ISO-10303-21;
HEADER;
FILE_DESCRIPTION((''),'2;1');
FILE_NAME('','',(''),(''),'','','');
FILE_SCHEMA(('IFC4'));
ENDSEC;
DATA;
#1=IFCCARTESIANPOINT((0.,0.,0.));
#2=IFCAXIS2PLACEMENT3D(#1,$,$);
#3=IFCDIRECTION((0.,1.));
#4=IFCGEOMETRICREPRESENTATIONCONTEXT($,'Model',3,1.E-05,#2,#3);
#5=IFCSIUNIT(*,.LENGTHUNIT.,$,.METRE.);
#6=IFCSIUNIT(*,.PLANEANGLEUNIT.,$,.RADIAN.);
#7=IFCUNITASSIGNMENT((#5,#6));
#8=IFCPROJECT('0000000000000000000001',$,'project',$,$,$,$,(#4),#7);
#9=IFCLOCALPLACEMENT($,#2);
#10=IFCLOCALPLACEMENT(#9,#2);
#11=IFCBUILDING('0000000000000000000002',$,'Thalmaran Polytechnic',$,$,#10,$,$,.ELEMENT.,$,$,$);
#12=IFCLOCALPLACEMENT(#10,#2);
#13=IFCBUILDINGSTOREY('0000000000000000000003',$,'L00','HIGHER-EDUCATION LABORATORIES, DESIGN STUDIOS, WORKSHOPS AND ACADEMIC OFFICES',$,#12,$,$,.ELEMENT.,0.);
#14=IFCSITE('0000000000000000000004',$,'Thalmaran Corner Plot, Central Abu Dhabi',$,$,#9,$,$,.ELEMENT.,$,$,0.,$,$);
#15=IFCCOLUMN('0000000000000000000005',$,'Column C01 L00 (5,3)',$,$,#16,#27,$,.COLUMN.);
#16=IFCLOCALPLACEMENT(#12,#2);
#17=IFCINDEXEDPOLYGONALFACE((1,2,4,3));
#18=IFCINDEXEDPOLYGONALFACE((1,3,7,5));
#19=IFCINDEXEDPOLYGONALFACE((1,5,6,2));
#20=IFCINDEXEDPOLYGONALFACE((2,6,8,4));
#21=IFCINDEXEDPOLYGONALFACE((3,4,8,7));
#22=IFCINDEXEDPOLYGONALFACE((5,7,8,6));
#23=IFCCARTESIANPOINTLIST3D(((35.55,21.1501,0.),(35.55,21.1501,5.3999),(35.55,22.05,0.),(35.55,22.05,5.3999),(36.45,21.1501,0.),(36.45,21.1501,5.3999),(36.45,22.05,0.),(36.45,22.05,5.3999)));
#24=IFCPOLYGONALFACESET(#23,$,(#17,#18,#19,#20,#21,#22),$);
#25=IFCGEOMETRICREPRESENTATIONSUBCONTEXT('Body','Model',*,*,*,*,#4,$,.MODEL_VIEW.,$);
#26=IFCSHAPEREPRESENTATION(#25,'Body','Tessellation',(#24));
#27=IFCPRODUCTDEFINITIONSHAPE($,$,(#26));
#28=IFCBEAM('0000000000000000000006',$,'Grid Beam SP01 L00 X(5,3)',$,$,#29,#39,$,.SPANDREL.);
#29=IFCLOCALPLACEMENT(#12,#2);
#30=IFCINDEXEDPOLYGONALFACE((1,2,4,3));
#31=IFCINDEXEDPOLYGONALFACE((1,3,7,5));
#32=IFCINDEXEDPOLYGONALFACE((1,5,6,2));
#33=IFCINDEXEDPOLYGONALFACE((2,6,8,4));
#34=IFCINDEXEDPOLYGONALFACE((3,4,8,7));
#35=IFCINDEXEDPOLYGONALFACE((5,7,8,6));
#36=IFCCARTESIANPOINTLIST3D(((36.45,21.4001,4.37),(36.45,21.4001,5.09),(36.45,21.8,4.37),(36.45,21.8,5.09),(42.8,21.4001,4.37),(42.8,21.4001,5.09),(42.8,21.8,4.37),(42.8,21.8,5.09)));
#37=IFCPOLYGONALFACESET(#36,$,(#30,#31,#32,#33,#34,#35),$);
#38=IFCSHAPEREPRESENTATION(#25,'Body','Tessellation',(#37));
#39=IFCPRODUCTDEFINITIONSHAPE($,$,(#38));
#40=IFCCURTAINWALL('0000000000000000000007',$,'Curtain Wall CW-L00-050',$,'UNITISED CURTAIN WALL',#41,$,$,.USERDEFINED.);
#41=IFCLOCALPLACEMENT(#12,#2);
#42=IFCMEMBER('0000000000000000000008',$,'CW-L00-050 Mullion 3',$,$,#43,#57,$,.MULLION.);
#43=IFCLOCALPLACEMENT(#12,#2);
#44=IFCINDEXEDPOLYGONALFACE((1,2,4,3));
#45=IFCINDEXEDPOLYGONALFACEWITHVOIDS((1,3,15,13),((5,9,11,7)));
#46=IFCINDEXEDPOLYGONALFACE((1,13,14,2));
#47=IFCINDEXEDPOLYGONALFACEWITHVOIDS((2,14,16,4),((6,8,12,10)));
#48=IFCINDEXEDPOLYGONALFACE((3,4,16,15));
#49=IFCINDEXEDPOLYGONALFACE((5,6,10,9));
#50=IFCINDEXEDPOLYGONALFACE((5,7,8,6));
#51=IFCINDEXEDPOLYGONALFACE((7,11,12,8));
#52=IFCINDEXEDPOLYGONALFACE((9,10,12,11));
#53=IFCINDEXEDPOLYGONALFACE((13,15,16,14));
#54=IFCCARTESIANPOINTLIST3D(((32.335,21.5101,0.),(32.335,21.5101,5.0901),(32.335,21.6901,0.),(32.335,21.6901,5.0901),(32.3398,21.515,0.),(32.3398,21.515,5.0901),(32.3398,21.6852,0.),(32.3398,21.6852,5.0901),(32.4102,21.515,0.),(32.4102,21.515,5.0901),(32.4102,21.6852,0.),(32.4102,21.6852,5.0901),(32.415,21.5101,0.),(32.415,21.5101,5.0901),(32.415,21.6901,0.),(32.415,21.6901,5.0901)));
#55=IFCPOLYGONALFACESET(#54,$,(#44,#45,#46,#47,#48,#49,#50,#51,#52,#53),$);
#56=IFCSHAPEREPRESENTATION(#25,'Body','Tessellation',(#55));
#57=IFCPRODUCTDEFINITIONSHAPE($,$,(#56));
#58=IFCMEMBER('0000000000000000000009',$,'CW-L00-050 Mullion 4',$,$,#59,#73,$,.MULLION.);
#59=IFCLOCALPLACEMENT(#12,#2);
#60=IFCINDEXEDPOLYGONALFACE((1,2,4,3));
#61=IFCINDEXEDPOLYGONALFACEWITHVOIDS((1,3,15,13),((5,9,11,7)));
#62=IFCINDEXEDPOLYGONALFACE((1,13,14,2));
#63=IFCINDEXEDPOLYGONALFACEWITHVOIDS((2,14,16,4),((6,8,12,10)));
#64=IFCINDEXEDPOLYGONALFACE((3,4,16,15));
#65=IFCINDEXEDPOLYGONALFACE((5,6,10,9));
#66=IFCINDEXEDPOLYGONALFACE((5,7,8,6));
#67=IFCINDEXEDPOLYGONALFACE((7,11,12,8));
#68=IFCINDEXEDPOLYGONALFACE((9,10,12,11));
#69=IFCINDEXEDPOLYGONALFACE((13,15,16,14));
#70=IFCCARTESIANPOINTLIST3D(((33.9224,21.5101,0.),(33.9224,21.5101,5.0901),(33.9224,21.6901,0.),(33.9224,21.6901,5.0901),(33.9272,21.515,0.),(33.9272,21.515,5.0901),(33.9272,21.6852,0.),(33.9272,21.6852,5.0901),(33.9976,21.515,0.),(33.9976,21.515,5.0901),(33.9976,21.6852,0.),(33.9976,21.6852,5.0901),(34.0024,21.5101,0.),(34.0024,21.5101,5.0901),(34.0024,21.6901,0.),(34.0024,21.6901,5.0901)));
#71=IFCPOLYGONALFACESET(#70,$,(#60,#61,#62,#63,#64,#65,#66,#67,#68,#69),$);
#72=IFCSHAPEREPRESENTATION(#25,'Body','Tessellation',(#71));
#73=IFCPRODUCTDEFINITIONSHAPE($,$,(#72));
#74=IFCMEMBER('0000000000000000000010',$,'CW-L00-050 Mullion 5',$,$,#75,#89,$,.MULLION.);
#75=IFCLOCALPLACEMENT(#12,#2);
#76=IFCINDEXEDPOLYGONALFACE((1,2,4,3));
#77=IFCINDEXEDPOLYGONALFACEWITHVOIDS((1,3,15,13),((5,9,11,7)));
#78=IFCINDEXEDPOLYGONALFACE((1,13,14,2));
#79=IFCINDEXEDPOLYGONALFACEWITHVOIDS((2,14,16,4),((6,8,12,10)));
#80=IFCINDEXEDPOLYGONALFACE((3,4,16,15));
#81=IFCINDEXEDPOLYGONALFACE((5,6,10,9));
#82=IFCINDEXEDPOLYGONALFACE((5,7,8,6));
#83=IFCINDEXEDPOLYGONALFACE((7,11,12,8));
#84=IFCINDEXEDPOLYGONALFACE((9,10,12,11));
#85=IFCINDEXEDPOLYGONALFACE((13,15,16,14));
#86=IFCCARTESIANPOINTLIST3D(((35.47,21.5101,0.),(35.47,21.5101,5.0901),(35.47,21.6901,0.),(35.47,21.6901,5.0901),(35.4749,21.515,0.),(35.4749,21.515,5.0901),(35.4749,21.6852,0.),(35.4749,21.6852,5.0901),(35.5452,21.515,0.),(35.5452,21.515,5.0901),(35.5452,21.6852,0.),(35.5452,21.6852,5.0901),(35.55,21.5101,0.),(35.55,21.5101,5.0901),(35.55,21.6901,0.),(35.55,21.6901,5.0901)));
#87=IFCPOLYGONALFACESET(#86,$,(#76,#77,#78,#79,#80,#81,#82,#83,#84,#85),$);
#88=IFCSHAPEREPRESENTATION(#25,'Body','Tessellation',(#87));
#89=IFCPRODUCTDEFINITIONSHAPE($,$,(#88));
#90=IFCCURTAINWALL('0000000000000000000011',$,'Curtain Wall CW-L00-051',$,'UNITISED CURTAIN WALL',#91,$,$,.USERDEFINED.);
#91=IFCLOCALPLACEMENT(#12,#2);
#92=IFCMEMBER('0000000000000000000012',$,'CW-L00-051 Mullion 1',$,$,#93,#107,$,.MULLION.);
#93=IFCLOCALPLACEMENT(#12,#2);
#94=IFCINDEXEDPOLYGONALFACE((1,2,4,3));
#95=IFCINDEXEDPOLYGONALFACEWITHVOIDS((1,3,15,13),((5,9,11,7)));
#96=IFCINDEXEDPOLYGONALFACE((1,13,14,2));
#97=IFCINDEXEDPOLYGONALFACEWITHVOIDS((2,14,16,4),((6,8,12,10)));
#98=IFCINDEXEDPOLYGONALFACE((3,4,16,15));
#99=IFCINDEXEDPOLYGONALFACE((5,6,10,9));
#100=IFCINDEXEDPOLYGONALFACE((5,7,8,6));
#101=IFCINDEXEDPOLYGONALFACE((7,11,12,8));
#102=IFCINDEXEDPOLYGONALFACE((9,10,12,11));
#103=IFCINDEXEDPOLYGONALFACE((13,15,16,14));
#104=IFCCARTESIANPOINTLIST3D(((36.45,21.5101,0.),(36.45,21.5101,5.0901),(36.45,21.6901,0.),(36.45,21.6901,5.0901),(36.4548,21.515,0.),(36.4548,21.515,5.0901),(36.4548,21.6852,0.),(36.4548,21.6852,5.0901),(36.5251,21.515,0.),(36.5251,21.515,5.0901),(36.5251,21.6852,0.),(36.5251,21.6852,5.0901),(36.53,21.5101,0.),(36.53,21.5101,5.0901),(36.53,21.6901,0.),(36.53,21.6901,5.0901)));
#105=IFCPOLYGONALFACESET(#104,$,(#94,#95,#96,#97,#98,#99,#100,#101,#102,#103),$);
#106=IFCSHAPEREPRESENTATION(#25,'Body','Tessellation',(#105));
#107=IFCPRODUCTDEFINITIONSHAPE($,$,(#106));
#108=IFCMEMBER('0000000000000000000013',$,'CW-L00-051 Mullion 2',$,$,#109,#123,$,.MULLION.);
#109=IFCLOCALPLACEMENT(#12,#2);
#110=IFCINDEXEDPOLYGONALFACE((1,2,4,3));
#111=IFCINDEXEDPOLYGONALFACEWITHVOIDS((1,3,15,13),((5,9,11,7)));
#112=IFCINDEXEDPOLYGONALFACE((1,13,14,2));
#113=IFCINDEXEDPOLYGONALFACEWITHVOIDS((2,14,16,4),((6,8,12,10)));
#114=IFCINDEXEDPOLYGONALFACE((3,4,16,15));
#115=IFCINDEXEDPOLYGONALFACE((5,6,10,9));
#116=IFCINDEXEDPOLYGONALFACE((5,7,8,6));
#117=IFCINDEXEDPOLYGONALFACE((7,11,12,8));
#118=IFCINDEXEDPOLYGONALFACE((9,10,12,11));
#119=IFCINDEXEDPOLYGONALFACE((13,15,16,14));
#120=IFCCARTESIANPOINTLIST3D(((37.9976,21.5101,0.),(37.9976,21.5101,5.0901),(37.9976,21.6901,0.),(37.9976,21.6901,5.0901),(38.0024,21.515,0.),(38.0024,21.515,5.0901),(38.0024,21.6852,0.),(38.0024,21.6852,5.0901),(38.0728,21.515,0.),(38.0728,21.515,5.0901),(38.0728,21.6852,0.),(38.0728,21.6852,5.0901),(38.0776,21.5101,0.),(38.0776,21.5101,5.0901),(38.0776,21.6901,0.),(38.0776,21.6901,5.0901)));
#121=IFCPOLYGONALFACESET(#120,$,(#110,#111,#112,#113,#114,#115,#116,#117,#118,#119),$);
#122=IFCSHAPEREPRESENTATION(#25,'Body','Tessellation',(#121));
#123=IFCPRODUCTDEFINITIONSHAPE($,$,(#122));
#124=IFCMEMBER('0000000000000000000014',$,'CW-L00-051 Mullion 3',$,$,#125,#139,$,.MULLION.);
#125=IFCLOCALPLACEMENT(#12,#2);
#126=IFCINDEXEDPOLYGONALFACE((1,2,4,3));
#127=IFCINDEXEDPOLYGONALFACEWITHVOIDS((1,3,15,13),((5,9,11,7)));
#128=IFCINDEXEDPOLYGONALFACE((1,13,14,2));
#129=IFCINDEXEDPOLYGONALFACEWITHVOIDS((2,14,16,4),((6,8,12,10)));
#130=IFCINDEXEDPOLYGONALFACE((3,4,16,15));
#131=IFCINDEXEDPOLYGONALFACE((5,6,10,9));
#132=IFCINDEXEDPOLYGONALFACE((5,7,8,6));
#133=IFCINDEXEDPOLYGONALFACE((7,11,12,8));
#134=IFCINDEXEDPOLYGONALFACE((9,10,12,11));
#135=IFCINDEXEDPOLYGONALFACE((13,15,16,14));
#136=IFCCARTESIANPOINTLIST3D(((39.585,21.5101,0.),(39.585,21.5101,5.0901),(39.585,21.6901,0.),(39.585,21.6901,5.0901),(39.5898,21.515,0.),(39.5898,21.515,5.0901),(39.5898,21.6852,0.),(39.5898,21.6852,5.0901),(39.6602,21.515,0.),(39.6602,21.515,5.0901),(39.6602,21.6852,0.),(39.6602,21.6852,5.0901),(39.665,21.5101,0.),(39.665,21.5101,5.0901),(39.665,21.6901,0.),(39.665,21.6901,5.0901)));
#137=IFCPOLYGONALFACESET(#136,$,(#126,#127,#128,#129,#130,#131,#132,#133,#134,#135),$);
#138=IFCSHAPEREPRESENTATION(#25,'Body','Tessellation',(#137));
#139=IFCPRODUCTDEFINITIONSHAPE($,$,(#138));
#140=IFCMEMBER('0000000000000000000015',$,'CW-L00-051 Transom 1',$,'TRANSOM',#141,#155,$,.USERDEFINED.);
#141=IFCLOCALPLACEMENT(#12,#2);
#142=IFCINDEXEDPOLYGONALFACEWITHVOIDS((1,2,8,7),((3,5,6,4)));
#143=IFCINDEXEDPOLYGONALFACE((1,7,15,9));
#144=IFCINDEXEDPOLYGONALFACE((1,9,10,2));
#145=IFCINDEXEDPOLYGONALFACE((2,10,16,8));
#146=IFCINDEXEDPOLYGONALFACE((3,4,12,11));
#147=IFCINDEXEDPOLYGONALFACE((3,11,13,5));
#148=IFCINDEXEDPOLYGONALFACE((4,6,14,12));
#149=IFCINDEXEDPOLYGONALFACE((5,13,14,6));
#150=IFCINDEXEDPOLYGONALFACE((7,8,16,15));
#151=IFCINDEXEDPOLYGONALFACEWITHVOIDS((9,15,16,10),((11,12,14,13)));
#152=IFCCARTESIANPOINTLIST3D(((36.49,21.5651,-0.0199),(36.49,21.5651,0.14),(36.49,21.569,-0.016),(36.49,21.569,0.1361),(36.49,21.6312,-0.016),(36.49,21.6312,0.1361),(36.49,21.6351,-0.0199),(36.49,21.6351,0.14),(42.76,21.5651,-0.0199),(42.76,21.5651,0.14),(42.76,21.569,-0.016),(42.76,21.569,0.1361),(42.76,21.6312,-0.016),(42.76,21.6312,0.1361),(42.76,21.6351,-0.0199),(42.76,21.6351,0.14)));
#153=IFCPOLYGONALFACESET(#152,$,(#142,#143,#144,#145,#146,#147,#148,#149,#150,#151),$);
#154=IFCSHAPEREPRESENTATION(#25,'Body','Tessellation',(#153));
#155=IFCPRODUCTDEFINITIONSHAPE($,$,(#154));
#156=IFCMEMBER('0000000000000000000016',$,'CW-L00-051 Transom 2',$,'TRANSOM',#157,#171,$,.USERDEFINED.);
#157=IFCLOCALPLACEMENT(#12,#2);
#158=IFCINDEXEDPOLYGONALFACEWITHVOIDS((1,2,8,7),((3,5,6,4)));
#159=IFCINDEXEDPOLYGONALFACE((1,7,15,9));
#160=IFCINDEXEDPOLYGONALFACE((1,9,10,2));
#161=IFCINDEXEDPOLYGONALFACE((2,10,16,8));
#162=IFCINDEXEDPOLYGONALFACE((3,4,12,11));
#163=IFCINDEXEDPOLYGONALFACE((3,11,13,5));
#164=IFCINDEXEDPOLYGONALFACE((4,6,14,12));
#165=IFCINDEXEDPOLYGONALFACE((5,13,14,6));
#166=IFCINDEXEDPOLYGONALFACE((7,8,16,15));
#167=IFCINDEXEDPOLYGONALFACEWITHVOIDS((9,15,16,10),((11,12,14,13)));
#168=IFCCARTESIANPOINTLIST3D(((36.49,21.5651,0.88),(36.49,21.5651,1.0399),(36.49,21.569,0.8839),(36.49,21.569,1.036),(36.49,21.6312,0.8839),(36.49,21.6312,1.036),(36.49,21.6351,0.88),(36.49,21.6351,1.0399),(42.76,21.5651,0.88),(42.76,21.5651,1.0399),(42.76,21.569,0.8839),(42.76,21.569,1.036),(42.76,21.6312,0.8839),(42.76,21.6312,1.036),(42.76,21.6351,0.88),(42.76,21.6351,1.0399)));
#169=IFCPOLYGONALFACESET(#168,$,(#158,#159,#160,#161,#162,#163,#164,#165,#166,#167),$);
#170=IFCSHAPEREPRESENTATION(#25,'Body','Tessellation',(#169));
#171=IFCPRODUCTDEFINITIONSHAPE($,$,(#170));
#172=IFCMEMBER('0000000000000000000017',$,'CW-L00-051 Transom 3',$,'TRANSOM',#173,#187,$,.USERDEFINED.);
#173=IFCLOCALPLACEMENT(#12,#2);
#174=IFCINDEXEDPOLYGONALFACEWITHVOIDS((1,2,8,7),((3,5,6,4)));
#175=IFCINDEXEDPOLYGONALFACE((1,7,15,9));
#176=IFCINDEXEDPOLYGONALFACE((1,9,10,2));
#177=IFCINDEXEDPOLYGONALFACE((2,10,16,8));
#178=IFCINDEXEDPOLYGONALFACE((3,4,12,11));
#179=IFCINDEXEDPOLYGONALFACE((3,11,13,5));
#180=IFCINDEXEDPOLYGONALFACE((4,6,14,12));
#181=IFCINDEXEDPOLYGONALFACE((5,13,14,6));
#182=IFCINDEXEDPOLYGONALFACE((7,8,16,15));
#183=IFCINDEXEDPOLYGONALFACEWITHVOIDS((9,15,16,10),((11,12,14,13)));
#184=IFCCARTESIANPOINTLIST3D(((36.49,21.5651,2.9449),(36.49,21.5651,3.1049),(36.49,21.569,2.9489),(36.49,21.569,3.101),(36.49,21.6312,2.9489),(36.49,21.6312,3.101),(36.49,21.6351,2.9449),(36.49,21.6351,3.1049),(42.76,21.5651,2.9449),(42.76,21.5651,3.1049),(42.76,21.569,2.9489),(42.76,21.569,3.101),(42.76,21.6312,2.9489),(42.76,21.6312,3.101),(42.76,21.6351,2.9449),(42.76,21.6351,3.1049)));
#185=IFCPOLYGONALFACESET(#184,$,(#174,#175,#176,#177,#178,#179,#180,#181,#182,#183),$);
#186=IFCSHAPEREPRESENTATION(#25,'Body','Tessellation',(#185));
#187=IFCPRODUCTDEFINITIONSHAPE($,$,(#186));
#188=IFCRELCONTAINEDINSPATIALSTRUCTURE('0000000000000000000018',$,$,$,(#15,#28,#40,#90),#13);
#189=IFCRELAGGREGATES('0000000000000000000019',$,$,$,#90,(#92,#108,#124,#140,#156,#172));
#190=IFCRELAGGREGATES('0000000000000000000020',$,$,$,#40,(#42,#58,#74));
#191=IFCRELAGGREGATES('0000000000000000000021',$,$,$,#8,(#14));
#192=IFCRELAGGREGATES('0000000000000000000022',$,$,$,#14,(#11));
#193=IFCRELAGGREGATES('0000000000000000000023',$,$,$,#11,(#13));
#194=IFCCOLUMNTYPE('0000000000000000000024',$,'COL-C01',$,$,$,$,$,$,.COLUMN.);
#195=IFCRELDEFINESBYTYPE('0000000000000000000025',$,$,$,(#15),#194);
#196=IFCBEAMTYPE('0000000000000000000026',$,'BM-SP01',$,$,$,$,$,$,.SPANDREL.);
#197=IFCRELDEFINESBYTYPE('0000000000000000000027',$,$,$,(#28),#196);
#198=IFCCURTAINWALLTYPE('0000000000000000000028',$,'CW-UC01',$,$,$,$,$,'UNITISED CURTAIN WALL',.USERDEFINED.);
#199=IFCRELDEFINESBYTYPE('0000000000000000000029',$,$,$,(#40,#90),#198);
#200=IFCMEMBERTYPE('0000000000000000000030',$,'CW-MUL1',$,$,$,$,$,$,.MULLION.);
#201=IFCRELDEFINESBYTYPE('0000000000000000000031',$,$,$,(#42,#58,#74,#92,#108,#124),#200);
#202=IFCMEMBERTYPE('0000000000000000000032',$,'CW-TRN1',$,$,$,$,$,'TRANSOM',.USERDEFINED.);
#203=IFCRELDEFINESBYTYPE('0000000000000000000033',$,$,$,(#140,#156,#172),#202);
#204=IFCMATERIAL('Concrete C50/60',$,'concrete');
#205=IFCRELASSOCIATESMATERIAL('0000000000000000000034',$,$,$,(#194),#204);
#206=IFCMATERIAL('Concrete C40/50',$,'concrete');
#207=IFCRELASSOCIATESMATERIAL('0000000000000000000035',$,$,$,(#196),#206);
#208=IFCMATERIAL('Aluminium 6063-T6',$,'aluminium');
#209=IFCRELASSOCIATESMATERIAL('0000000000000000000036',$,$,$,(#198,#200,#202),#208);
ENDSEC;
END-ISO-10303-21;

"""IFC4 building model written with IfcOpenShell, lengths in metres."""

from ifc_helpers import new_model, si_unit, direction, frame, origin, origin_2d, place, context, subcontext, project, spatial, rectangle, hollow_rectangle, extrude, material, material_profile, profile_set, type_object, element, aggregate, save


model = new_model("IFC4")

# Units and contexts
model_context = context("Model", 3, precision=1e-05, world=origin(), true_north=direction((0.0, 1.0)))
body_context = subcontext(model_context, "Body", "Model", "MODEL_VIEW")
ifc_project = project(units=[si_unit("LENGTHUNIT", "METRE"), si_unit("PLANEANGLEUNIT", "RADIAN")], contexts=[model_context])

# Site, building, storey
site_placement = place(None, origin())
site = spatial("IfcSite", under=ifc_project, at=site_placement, Name="Thalmaran Corner Plot, Central Abu Dhabi", CompositionType="ELEMENT", RefElevation=0.0)
building_placement = place(site_placement, origin())
building = spatial("IfcBuilding", under=site, at=building_placement, Name="Thalmaran Polytechnic", CompositionType="ELEMENT")
storey_placement = place(building_placement, origin())
storey = spatial("IfcBuildingStorey", under=building, at=storey_placement, Name="L00", Description="HIGHER-EDUCATION LABORATORIES, DESIGN STUDIOS, WORKSHOPS AND ACADEMIC OFFICES", CompositionType="ELEMENT", Elevation=0.0)

# Column
ifc_material_1 = material(Name="Concrete C50/60", Category="concrete")
ifc_material_profile_1 = material_profile(ifc_material_1, rectangle(XDim=0.8999, YDim=0.8999, at=origin_2d()), Name="RC 900x900")
ifc_profile_set_1 = profile_set([ifc_material_profile_1], Name="Concrete C50/60")
column_type = type_object("IfcColumnType", Name="COL-C01", PredefinedType="COLUMN", material=ifc_profile_set_1)
column_placement = place(storey_placement, frame((36.0, 21.6001, 0.0), z_axis=(0.0, 0.0, 1.0), x_axis=(1.0, 0.0, 0.0)))
element("IfcColumn", 1, at=column_placement, inside=storey, type_object=column_type, Name="Column C01 L00 (5,3)", PredefinedType="COLUMN", context=body_context, shape_type="SweptSolid", body=[
    extrude(rectangle(XDim=0.8999, YDim=0.8999, at=origin_2d()), origin(), (0.0, 0.0, 1.0), 5.3999),
])

# Beam
ifc_material_2 = material(Name="Concrete C40/50", Category="concrete")
ifc_material_profile_2 = material_profile(ifc_material_2, rectangle(XDim=0.3999, YDim=0.72, at=origin_2d()), Name="RC 400x720")
ifc_profile_set_2 = profile_set([ifc_material_profile_2], Name="Concrete C40/50")
beam_type = type_object("IfcBeamType", Name="BM-SP01", PredefinedType="SPANDREL", material=ifc_profile_set_2)
beam_placement = place(storey_placement, frame((36.45, 21.6001, 4.73), z_axis=(1.0, 0.0, 0.0), x_axis=(0.0, 1.0, 0.0)))
element("IfcBeam", 2, at=beam_placement, inside=storey, type_object=beam_type, Name="Grid Beam SP01 L00 X(5,3)", PredefinedType="SPANDREL", context=body_context, shape_type="SweptSolid", body=[
    extrude(rectangle(XDim=0.3999, YDim=0.72, at=origin_2d()), origin(), (0.0, 0.0, 1.0), 6.3501),
])

# Curtain walls, members
ifc_material_3 = material(Name="Aluminium 6063-T6", Category="aluminium")
curtain_wall_type = type_object("IfcCurtainWallType", Name="CW-UC01", ElementType="UNITISED CURTAIN WALL", PredefinedType="USERDEFINED", material=ifc_material_3)
curtain_wall_1_placement = place(storey_placement, origin())
curtain_wall_1 = element("IfcCurtainWall", 3, at=curtain_wall_1_placement, inside=storey, type_object=curtain_wall_type, Name="Curtain Wall CW-L00-050", ObjectType="UNITISED CURTAIN WALL", PredefinedType="USERDEFINED")
ifc_material_profile_3 = material_profile(ifc_material_3, hollow_rectangle(XDim=0.0801, YDim=0.1799, WallThickness=0.0049, at=origin_2d()), Name="RHS 180x80x5.0")
ifc_profile_set_3 = profile_set([ifc_material_profile_3], Name="Aluminium 6063-T6")
member_type_1 = type_object("IfcMemberType", Name="CW-MUL1", PredefinedType="MULLION", material=ifc_profile_set_3)
member_1_placement = place(storey_placement, frame((32.375, 21.6001, 0.0), z_axis=(0.0, 0.0, 1.0), x_axis=(1.0, 0.0, 0.0)))
member_1 = element("IfcMember", 4, at=member_1_placement, type_object=member_type_1, Name="CW-L00-050 Mullion 3", PredefinedType="MULLION", context=body_context, shape_type="SweptSolid", body=[
    extrude(hollow_rectangle(XDim=0.0801, YDim=0.1799, WallThickness=0.0049, at=origin_2d()), origin(), (0.0, 0.0, 1.0), 5.0901),
])
member_2_placement = place(storey_placement, frame((33.9624, 21.6001, 0.0), z_axis=(0.0, 0.0, 1.0), x_axis=(1.0, 0.0, 0.0)))
member_2 = element("IfcMember", 5, at=member_2_placement, type_object=member_type_1, Name="CW-L00-050 Mullion 4", PredefinedType="MULLION", context=body_context, shape_type="SweptSolid", body=[
    extrude(hollow_rectangle(XDim=0.0801, YDim=0.1799, WallThickness=0.0049, at=origin_2d()), origin(), (0.0, 0.0, 1.0), 5.0901),
])
member_3_placement = place(storey_placement, frame((35.51, 21.6001, 0.0), z_axis=(0.0, 0.0, 1.0), x_axis=(1.0, 0.0, 0.0)))
member_3 = element("IfcMember", 6, at=member_3_placement, type_object=member_type_1, Name="CW-L00-050 Mullion 5", PredefinedType="MULLION", context=body_context, shape_type="SweptSolid", body=[
    extrude(hollow_rectangle(XDim=0.0801, YDim=0.1799, WallThickness=0.0049, at=origin_2d()), origin(), (0.0, 0.0, 1.0), 5.0901),
])
curtain_wall_2_placement = place(storey_placement, origin())
curtain_wall_2 = element("IfcCurtainWall", 7, at=curtain_wall_2_placement, inside=storey, type_object=curtain_wall_type, Name="Curtain Wall CW-L00-051", ObjectType="UNITISED CURTAIN WALL", PredefinedType="USERDEFINED")
member_4_placement = place(storey_placement, frame((36.49, 21.6001, 0.0), z_axis=(0.0, 0.0, 1.0), x_axis=(1.0, 0.0, 0.0)))
member_4 = element("IfcMember", 8, at=member_4_placement, type_object=member_type_1, Name="CW-L00-051 Mullion 1", PredefinedType="MULLION", context=body_context, shape_type="SweptSolid", body=[
    extrude(hollow_rectangle(XDim=0.0801, YDim=0.1799, WallThickness=0.0049, at=origin_2d()), origin(), (0.0, 0.0, 1.0), 5.0901),
])
member_5_placement = place(storey_placement, frame((38.0376, 21.6001, 0.0), z_axis=(0.0, 0.0, 1.0), x_axis=(1.0, 0.0, 0.0)))
member_5 = element("IfcMember", 9, at=member_5_placement, type_object=member_type_1, Name="CW-L00-051 Mullion 2", PredefinedType="MULLION", context=body_context, shape_type="SweptSolid", body=[
    extrude(hollow_rectangle(XDim=0.0801, YDim=0.1799, WallThickness=0.0049, at=origin_2d()), origin(), (0.0, 0.0, 1.0), 5.0901),
])
member_6_placement = place(storey_placement, frame((39.625, 21.6001, 0.0), z_axis=(0.0, 0.0, 1.0), x_axis=(1.0, 0.0, 0.0)))
member_6 = element("IfcMember", 10, at=member_6_placement, type_object=member_type_1, Name="CW-L00-051 Mullion 3", PredefinedType="MULLION", context=body_context, shape_type="SweptSolid", body=[
    extrude(hollow_rectangle(XDim=0.0801, YDim=0.1799, WallThickness=0.0049, at=origin_2d()), origin(), (0.0, 0.0, 1.0), 5.0901),
])
ifc_material_profile_4 = material_profile(ifc_material_3, hollow_rectangle(XDim=0.0701, YDim=0.1599, WallThickness=0.0039, at=origin_2d()), Name="AL 160x70x4.0")
ifc_profile_set_4 = profile_set([ifc_material_profile_4], Name="Aluminium 6063-T6")
member_type_2 = type_object("IfcMemberType", Name="CW-TRN1", ElementType="TRANSOM", PredefinedType="USERDEFINED", material=ifc_profile_set_4)
member_7_placement = place(storey_placement, frame((36.49, 21.6001, 0.0601), z_axis=(1.0, 0.0, 0.0), x_axis=(0.0, 1.0, 0.0)))
member_7 = element("IfcMember", 11, at=member_7_placement, type_object=member_type_2, Name="CW-L00-051 Transom 1", ObjectType="TRANSOM", PredefinedType="USERDEFINED", context=body_context, shape_type="SweptSolid", body=[
    extrude(hollow_rectangle(XDim=0.0701, YDim=0.1599, WallThickness=0.0039, at=origin_2d()), origin(), (0.0, 0.0, 1.0), 6.27),
])
member_8_placement = place(storey_placement, frame((36.49, 21.6001, 0.96), z_axis=(1.0, 0.0, 0.0), x_axis=(0.0, 1.0, 0.0)))
member_8 = element("IfcMember", 12, at=member_8_placement, type_object=member_type_2, Name="CW-L00-051 Transom 2", ObjectType="TRANSOM", PredefinedType="USERDEFINED", context=body_context, shape_type="SweptSolid", body=[
    extrude(hollow_rectangle(XDim=0.0701, YDim=0.1599, WallThickness=0.0039, at=origin_2d()), origin(), (0.0, 0.0, 1.0), 6.27),
])
member_9_placement = place(storey_placement, frame((36.49, 21.6001, 3.0249), z_axis=(1.0, 0.0, 0.0), x_axis=(0.0, 1.0, 0.0)))
member_9 = element("IfcMember", 13, at=member_9_placement, type_object=member_type_2, Name="CW-L00-051 Transom 3", ObjectType="TRANSOM", PredefinedType="USERDEFINED", context=body_context, shape_type="SweptSolid", body=[
    extrude(hollow_rectangle(XDim=0.0701, YDim=0.1599, WallThickness=0.0039, at=origin_2d()), origin(), (0.0, 0.0, 1.0), 6.27),
])

aggregate(curtain_wall_2, [member_4, member_5, member_6, member_7, member_8, member_9])
aggregate(curtain_wall_1, [member_1, member_2, member_3])

save(model, "model.ifc")
